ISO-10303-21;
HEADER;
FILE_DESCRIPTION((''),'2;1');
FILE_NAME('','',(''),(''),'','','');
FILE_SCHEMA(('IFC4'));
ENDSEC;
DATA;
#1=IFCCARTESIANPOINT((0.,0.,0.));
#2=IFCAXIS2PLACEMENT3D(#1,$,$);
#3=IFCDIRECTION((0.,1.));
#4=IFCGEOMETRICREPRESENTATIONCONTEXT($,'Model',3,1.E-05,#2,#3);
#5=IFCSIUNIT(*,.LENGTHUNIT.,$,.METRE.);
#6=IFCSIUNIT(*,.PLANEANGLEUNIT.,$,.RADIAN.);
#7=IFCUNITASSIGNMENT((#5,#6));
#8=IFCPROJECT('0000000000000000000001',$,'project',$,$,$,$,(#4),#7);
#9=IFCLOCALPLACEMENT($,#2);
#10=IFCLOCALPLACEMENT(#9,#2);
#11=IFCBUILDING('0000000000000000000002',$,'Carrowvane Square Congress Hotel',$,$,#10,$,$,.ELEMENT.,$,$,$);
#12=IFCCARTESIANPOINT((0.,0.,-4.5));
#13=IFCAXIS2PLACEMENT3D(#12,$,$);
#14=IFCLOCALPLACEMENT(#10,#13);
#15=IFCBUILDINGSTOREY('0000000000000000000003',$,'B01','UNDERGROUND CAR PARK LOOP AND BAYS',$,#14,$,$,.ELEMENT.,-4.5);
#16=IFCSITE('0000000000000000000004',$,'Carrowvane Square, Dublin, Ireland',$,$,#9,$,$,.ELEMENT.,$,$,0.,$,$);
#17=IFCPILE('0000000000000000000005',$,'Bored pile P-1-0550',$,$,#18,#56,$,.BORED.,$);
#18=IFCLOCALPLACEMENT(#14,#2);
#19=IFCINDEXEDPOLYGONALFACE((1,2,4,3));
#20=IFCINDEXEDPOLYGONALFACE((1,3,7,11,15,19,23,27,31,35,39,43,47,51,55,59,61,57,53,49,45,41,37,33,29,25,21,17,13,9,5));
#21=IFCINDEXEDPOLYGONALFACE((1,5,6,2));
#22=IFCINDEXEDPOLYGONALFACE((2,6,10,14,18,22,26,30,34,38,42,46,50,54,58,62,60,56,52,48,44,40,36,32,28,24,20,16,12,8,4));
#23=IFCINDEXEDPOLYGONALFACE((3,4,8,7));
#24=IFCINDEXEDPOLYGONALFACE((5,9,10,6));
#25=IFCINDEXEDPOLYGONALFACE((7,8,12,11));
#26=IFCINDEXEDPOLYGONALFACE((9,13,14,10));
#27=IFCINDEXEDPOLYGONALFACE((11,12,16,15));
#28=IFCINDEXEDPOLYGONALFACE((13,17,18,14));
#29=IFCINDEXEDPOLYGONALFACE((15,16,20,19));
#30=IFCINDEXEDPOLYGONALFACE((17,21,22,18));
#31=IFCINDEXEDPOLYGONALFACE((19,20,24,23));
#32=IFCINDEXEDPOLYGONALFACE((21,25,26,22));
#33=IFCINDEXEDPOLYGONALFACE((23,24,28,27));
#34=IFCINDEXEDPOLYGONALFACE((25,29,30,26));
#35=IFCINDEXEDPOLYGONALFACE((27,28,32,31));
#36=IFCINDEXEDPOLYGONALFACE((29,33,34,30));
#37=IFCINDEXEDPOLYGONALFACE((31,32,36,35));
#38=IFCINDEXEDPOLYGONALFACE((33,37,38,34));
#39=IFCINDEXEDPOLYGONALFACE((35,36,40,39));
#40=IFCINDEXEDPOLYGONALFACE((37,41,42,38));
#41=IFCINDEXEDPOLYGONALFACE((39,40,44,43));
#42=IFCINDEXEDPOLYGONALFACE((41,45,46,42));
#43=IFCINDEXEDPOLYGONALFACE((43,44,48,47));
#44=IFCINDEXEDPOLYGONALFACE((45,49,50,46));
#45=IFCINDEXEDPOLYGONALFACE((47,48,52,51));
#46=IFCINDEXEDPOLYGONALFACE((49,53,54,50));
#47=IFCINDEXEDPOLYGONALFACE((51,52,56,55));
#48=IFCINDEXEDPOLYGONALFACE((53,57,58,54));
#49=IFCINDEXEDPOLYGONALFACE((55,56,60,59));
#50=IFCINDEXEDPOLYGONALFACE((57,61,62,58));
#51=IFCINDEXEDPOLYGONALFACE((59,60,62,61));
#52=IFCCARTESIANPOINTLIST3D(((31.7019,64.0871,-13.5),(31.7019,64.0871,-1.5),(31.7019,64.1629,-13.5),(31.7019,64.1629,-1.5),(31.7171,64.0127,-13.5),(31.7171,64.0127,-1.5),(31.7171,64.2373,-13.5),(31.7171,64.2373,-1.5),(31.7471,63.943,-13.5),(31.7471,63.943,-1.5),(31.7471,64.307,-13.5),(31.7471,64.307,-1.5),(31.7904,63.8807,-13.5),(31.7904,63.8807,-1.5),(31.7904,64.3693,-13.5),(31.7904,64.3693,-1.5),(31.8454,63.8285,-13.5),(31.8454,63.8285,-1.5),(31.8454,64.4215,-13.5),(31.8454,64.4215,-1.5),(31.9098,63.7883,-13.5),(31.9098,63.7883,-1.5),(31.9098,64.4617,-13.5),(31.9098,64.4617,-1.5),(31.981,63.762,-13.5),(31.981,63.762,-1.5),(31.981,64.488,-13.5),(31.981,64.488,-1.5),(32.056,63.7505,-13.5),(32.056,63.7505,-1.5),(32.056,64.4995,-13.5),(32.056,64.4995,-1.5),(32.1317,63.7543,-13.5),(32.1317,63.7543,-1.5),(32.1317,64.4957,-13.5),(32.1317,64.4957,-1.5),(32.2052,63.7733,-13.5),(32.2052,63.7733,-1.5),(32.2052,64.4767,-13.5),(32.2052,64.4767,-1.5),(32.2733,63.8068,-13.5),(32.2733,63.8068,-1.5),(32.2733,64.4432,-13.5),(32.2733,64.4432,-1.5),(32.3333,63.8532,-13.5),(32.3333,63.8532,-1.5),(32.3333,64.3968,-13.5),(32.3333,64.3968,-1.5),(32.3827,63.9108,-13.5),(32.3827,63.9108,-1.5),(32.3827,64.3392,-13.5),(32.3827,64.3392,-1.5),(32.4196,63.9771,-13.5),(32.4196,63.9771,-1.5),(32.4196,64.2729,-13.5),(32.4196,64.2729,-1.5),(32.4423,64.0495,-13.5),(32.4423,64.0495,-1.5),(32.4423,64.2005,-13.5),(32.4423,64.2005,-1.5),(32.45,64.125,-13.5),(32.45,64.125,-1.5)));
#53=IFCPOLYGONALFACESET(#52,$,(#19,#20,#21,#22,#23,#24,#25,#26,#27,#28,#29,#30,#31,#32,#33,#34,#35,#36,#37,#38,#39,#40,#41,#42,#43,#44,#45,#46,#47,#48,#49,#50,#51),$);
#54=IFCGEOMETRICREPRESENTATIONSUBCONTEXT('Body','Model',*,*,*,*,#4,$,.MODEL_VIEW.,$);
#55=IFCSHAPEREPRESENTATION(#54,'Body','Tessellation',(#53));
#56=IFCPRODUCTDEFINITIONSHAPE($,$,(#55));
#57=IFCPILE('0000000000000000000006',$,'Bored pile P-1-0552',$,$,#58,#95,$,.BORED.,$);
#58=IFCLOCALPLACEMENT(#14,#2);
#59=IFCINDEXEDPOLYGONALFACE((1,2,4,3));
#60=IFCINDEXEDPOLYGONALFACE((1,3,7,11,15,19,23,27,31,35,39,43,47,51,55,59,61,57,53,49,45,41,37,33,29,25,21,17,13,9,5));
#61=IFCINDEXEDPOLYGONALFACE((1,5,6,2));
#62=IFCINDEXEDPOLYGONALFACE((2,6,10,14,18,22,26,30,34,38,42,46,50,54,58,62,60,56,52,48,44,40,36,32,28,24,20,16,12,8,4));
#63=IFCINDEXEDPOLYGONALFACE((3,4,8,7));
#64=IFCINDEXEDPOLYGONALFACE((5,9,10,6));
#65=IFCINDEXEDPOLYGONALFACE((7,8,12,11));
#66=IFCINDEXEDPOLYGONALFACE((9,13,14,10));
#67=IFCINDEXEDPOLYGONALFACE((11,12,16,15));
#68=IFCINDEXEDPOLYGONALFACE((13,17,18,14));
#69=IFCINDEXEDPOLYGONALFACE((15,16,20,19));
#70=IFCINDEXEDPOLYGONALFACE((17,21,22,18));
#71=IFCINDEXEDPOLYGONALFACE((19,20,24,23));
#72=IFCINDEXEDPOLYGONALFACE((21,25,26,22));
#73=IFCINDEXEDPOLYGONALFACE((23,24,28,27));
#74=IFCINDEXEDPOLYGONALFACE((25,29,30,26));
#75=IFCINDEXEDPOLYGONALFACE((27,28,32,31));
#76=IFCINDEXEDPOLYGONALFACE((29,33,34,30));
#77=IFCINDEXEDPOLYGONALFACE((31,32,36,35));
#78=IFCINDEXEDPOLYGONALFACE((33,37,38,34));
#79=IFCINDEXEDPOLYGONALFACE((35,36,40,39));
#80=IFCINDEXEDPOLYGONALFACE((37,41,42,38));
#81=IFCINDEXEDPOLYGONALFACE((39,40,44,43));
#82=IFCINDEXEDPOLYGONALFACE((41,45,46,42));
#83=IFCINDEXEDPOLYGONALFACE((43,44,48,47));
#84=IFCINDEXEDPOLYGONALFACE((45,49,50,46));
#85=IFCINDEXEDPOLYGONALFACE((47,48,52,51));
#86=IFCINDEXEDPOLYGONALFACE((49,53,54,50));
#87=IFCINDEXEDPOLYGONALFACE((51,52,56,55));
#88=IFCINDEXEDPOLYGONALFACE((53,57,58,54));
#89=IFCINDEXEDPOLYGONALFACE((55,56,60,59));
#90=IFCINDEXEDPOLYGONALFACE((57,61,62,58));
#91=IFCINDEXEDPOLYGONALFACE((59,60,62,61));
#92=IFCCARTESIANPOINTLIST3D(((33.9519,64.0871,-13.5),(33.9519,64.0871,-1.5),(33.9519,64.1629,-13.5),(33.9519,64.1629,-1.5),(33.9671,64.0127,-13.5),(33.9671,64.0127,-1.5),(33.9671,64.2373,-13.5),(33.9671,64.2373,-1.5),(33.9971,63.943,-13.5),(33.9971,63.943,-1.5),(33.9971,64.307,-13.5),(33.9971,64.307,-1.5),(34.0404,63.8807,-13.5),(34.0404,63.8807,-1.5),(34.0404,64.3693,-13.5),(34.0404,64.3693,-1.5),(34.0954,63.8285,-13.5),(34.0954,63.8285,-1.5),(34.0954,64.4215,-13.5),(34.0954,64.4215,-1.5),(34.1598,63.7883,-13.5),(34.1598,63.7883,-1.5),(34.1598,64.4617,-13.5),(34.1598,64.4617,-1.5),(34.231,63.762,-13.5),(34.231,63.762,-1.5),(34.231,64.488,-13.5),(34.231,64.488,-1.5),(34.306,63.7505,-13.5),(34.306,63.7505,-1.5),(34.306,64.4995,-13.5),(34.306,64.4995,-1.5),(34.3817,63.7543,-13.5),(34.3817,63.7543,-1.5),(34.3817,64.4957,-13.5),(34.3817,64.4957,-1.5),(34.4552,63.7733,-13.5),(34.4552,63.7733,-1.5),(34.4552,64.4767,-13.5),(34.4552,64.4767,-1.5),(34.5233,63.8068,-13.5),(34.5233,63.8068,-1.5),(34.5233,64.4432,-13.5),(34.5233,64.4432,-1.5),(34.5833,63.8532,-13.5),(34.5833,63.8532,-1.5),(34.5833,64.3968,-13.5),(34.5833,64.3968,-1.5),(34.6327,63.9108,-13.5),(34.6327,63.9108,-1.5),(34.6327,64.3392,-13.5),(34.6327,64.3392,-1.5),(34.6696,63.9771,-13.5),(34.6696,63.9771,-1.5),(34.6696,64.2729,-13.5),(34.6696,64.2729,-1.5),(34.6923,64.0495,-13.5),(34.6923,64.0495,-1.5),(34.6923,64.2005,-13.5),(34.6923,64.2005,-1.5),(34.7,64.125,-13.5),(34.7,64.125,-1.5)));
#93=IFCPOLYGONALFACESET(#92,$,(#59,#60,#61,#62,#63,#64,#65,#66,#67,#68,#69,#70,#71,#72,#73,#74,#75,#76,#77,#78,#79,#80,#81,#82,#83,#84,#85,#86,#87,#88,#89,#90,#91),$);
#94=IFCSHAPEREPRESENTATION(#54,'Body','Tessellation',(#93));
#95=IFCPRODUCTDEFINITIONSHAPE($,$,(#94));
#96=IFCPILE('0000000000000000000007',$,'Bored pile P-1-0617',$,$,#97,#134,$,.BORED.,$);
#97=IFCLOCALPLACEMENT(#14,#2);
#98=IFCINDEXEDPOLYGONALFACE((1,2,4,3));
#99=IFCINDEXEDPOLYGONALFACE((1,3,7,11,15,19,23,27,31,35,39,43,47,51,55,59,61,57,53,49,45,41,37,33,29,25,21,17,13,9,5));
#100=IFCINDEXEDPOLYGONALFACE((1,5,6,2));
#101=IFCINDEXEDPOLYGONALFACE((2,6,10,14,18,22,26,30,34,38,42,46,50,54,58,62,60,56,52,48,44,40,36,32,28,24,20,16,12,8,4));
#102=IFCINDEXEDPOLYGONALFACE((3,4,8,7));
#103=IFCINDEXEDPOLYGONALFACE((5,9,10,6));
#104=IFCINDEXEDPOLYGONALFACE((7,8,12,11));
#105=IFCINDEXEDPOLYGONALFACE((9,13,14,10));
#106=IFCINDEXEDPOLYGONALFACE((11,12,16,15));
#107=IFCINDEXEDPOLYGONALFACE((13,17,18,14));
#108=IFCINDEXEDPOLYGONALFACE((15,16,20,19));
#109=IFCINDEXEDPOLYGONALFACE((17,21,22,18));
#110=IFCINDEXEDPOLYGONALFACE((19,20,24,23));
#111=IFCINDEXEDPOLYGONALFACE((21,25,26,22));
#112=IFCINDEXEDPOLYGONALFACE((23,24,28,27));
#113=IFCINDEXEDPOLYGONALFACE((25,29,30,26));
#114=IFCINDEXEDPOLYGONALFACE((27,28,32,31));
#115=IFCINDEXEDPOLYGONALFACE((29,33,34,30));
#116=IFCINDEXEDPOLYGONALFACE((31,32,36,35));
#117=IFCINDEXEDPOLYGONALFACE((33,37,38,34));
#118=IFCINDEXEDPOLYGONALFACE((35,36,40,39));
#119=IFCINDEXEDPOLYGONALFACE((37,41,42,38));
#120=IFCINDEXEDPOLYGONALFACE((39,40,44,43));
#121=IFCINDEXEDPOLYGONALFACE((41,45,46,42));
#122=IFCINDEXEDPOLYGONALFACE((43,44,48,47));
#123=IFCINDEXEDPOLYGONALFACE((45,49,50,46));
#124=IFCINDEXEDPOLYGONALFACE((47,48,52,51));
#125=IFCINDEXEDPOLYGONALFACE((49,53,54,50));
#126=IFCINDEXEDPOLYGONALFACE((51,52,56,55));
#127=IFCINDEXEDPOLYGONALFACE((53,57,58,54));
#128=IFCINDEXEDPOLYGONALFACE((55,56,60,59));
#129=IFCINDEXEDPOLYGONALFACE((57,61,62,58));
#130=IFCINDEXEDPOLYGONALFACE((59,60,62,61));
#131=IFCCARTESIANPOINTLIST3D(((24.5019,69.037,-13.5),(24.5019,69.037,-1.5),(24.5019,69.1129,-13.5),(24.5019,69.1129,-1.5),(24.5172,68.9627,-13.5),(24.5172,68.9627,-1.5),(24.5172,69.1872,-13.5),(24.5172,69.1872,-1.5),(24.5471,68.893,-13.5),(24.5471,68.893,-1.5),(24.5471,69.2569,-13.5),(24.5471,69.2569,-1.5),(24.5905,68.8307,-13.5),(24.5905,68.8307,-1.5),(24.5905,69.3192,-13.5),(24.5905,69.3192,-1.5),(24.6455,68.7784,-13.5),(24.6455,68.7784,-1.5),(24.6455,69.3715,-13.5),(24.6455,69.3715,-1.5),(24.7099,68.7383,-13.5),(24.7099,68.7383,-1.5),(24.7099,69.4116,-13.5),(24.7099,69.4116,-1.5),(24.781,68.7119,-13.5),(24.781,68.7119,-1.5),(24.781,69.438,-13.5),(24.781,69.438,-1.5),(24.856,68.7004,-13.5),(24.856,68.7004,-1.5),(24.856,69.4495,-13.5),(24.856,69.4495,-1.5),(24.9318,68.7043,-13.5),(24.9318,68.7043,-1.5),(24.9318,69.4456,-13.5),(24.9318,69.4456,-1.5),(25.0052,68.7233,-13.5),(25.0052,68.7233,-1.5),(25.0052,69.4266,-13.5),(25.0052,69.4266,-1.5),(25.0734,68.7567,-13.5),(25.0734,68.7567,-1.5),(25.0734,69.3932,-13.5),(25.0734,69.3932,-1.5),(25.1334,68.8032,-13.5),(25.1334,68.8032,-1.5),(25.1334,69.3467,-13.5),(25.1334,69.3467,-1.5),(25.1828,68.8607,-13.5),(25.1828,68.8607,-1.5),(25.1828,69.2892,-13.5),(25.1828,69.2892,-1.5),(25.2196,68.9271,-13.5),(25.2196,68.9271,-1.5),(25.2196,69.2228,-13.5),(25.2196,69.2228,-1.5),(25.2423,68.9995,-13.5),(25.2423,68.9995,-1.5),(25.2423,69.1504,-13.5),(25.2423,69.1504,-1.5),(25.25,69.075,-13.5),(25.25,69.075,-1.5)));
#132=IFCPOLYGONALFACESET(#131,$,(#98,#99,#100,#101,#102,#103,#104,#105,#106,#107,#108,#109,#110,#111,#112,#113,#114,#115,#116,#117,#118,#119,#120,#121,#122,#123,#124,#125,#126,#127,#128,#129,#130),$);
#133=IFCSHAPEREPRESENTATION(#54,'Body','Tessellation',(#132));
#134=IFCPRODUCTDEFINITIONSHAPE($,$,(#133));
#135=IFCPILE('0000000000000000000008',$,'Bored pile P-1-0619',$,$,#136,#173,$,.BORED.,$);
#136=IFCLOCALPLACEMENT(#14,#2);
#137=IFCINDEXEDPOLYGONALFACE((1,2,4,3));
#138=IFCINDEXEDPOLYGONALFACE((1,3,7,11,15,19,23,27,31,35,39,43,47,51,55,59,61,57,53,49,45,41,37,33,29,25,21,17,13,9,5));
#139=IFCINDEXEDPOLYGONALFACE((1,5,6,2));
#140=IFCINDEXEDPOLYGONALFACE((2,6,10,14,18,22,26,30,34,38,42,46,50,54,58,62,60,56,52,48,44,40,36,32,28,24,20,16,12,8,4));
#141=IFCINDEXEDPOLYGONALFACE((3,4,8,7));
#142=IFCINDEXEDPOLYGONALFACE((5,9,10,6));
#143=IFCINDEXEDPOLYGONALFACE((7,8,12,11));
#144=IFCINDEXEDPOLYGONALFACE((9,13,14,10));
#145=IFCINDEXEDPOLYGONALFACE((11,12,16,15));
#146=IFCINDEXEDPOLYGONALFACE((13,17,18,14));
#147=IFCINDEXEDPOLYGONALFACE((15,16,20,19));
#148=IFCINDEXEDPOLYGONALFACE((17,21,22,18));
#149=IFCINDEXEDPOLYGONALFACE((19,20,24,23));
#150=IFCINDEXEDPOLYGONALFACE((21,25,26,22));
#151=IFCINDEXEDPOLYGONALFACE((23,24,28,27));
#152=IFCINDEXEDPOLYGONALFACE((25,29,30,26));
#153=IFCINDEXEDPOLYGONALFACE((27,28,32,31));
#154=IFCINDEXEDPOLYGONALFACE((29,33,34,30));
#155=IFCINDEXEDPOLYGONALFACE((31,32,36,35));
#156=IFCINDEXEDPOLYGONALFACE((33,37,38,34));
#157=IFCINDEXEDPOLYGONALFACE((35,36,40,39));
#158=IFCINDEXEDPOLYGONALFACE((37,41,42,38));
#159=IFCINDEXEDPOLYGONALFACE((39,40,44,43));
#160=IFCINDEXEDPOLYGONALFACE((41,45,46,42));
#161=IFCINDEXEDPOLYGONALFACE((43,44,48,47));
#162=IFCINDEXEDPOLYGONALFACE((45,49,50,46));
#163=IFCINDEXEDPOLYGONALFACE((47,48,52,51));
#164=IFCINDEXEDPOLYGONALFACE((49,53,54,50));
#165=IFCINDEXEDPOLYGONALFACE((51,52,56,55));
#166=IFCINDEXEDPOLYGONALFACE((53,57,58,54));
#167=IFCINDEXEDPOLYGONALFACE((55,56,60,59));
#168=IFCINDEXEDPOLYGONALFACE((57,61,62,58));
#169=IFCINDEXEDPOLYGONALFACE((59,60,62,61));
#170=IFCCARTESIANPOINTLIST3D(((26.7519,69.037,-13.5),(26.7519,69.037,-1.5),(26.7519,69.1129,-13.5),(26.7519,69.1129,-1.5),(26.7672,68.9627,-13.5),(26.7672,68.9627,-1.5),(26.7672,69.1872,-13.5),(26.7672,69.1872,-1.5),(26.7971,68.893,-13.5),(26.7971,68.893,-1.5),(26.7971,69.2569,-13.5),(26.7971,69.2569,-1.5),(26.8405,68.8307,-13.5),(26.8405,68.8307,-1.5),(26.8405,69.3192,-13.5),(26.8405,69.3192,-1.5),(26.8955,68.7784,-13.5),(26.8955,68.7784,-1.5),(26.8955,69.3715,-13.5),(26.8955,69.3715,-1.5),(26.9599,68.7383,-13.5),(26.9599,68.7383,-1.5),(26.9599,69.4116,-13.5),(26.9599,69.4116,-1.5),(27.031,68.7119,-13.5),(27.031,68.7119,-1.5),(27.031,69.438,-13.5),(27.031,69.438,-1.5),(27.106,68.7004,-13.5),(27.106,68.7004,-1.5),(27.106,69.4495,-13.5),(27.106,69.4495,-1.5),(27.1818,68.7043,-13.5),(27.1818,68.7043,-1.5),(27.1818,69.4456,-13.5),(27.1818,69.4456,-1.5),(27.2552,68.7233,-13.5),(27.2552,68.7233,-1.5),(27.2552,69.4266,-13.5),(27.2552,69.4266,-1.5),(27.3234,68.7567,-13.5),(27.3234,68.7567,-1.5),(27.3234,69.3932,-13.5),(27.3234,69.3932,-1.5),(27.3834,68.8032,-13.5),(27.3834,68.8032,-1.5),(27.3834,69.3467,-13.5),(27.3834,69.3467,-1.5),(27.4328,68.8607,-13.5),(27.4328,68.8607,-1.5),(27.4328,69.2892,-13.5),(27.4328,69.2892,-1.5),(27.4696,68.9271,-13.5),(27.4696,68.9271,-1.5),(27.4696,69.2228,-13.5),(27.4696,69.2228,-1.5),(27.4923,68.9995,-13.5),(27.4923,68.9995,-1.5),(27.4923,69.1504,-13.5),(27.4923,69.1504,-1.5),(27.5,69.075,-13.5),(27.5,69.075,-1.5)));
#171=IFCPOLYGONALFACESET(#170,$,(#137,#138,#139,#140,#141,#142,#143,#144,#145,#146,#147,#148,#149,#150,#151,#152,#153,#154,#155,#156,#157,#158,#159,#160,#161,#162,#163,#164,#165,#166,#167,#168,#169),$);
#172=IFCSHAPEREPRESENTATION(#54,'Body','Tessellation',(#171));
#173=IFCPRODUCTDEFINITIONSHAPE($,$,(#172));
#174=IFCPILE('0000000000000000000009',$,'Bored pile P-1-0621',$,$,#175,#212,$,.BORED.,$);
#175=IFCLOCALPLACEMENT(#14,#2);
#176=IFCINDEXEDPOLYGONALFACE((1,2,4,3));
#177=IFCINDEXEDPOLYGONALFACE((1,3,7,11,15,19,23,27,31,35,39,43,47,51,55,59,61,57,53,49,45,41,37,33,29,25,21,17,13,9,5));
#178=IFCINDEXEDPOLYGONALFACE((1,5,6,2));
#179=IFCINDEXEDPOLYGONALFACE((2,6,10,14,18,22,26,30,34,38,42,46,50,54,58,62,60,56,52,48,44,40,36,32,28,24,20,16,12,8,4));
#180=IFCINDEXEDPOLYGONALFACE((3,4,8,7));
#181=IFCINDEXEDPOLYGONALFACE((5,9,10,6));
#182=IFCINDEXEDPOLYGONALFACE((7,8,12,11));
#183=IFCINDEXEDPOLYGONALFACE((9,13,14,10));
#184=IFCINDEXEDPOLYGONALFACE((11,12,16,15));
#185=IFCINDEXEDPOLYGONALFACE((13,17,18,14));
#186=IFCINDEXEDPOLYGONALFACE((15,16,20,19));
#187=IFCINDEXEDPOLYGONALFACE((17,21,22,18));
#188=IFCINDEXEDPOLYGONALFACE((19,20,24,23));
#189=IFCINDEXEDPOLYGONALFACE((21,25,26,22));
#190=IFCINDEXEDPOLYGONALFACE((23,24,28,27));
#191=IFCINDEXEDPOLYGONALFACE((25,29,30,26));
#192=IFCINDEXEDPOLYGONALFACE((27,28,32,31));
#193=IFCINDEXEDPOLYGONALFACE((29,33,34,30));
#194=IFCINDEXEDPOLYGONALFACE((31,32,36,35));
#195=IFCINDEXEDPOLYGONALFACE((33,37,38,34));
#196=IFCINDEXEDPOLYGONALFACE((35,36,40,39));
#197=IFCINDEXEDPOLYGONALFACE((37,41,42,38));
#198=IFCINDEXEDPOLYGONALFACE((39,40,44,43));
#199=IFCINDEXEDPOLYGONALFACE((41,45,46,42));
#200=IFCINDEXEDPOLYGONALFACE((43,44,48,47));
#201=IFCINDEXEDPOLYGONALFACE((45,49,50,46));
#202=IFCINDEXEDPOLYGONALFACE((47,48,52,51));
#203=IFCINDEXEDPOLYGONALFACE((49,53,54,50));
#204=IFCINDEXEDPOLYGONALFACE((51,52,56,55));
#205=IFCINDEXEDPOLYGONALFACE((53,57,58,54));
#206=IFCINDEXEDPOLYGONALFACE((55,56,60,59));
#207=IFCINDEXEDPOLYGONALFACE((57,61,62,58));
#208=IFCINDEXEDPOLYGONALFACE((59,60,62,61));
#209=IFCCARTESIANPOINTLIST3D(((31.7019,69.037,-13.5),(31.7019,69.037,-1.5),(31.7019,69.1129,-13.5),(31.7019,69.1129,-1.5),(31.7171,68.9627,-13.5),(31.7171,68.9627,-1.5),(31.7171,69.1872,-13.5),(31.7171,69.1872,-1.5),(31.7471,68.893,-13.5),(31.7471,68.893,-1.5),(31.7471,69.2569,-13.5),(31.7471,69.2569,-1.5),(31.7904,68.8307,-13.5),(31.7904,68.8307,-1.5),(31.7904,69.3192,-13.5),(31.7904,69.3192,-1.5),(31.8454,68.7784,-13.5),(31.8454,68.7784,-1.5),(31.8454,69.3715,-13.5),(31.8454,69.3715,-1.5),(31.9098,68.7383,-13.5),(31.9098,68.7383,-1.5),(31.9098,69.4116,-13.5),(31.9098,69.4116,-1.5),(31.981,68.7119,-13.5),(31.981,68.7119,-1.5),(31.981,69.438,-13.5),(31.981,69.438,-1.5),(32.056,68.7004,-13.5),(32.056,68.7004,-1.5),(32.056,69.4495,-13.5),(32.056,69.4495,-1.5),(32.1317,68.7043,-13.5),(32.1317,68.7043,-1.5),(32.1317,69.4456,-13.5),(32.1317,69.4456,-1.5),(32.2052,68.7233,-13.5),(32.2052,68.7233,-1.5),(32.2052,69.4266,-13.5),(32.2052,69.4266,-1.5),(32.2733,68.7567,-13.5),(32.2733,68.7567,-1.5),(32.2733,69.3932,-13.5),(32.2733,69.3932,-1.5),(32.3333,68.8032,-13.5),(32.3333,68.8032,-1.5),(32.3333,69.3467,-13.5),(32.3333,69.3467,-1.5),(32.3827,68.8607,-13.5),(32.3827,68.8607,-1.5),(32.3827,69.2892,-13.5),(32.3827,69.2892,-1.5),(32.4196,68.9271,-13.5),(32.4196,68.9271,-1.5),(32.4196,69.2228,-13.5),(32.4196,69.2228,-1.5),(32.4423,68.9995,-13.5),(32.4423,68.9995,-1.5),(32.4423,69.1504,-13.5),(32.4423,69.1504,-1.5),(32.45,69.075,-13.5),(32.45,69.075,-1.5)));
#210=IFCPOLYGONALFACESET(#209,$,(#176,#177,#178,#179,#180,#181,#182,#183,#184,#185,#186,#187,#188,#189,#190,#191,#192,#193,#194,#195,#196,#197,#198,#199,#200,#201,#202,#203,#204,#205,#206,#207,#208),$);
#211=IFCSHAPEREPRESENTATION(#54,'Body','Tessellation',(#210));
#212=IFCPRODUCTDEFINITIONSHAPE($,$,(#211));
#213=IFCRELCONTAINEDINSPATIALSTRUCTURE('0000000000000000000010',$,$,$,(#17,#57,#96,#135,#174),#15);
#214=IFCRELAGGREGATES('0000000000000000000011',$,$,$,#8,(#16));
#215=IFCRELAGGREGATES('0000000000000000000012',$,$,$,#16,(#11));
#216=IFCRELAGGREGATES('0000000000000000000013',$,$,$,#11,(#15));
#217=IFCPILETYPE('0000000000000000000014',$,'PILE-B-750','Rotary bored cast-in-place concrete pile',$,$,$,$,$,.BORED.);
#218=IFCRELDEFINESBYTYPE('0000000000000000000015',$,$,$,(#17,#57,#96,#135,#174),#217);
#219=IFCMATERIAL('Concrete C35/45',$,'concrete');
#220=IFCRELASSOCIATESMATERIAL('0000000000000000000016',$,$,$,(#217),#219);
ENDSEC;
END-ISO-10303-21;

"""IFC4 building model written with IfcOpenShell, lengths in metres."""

from ifc_helpers import new_model, si_unit, direction, frame, origin, origin_2d, place, context, subcontext, project, spatial, circle, extrude, material, material_profile, profile_set, type_object, element, save


model = new_model("IFC4")

# Units and contexts
model_context = context("Model", 3, precision=1e-05, world=origin(), true_north=direction((0.0, 1.0)))
body_context = subcontext(model_context, "Body", "Model", "MODEL_VIEW")
ifc_project = project(units=[si_unit("LENGTHUNIT", "METRE"), si_unit("PLANEANGLEUNIT", "RADIAN")], contexts=[model_context])

# Site, building, storey
site_placement = place(None, origin())
site = spatial("IfcSite", under=ifc_project, at=site_placement, Name="Carrowvane Square, Dublin, Ireland", CompositionType="ELEMENT", RefElevation=0.0)
building_placement = place(site_placement, origin())
building = spatial("IfcBuilding", under=site, at=building_placement, Name="Carrowvane Square Congress Hotel", CompositionType="ELEMENT")
storey_placement = place(building_placement, frame((0.0, 0.0, -4.5)))
storey = spatial("IfcBuildingStorey", under=building, at=storey_placement, Name="B01", Description="UNDERGROUND CAR PARK LOOP AND BAYS", CompositionType="ELEMENT", Elevation=-4.5)

# Piles
ifc_material_1 = material(Name="Concrete C35/45", Category="concrete")
ifc_material_profile_1 = material_profile(ifc_material_1, circle(Radius=0.375, at=origin_2d()), Name="PILE D750")
ifc_profile_set_1 = profile_set([ifc_material_profile_1], Name="Concrete C35/45")
pile_type = type_object("IfcPileType", Name="PILE-B-750", Description="Rotary bored cast-in-place concrete pile", PredefinedType="BORED", material=ifc_profile_set_1)
for number, where, z_axis, x_axis, name in (
    (1, (32.075, 64.125, -1.5), (0.0, 0.0, -1.0), (1.0, 0.0, 0.0), "Bored pile P-1-0550"),
    (2, (34.325, 64.125, -1.5), (0.0, 0.0, -1.0), (1.0, 0.0, 0.0), "Bored pile P-1-0552"),
    (3, (24.875, 69.075, -1.5), (0.0, 0.0, -1.0), (1.0, 0.0, 0.0), "Bored pile P-1-0617"),
    (4, (27.125, 69.075, -1.5), (0.0, 0.0, -1.0), (1.0, 0.0, 0.0), "Bored pile P-1-0619"),
    (5, (32.075, 69.075, -1.5), (0.0, 0.0, -1.0), (1.0, 0.0, 0.0), "Bored pile P-1-0621"),
):
    element("IfcPile", number, at=place(storey_placement, frame(where, z_axis=z_axis, x_axis=x_axis)), inside=storey, type_object=pile_type, Name=name, PredefinedType="BORED", context=body_context, shape_type="SweptSolid", body=[
        extrude(circle(Radius=0.375, at=origin_2d()), origin(), (0.0, 0.0, 1.0), 12.0),
    ])

save(model, "model.ifc")
